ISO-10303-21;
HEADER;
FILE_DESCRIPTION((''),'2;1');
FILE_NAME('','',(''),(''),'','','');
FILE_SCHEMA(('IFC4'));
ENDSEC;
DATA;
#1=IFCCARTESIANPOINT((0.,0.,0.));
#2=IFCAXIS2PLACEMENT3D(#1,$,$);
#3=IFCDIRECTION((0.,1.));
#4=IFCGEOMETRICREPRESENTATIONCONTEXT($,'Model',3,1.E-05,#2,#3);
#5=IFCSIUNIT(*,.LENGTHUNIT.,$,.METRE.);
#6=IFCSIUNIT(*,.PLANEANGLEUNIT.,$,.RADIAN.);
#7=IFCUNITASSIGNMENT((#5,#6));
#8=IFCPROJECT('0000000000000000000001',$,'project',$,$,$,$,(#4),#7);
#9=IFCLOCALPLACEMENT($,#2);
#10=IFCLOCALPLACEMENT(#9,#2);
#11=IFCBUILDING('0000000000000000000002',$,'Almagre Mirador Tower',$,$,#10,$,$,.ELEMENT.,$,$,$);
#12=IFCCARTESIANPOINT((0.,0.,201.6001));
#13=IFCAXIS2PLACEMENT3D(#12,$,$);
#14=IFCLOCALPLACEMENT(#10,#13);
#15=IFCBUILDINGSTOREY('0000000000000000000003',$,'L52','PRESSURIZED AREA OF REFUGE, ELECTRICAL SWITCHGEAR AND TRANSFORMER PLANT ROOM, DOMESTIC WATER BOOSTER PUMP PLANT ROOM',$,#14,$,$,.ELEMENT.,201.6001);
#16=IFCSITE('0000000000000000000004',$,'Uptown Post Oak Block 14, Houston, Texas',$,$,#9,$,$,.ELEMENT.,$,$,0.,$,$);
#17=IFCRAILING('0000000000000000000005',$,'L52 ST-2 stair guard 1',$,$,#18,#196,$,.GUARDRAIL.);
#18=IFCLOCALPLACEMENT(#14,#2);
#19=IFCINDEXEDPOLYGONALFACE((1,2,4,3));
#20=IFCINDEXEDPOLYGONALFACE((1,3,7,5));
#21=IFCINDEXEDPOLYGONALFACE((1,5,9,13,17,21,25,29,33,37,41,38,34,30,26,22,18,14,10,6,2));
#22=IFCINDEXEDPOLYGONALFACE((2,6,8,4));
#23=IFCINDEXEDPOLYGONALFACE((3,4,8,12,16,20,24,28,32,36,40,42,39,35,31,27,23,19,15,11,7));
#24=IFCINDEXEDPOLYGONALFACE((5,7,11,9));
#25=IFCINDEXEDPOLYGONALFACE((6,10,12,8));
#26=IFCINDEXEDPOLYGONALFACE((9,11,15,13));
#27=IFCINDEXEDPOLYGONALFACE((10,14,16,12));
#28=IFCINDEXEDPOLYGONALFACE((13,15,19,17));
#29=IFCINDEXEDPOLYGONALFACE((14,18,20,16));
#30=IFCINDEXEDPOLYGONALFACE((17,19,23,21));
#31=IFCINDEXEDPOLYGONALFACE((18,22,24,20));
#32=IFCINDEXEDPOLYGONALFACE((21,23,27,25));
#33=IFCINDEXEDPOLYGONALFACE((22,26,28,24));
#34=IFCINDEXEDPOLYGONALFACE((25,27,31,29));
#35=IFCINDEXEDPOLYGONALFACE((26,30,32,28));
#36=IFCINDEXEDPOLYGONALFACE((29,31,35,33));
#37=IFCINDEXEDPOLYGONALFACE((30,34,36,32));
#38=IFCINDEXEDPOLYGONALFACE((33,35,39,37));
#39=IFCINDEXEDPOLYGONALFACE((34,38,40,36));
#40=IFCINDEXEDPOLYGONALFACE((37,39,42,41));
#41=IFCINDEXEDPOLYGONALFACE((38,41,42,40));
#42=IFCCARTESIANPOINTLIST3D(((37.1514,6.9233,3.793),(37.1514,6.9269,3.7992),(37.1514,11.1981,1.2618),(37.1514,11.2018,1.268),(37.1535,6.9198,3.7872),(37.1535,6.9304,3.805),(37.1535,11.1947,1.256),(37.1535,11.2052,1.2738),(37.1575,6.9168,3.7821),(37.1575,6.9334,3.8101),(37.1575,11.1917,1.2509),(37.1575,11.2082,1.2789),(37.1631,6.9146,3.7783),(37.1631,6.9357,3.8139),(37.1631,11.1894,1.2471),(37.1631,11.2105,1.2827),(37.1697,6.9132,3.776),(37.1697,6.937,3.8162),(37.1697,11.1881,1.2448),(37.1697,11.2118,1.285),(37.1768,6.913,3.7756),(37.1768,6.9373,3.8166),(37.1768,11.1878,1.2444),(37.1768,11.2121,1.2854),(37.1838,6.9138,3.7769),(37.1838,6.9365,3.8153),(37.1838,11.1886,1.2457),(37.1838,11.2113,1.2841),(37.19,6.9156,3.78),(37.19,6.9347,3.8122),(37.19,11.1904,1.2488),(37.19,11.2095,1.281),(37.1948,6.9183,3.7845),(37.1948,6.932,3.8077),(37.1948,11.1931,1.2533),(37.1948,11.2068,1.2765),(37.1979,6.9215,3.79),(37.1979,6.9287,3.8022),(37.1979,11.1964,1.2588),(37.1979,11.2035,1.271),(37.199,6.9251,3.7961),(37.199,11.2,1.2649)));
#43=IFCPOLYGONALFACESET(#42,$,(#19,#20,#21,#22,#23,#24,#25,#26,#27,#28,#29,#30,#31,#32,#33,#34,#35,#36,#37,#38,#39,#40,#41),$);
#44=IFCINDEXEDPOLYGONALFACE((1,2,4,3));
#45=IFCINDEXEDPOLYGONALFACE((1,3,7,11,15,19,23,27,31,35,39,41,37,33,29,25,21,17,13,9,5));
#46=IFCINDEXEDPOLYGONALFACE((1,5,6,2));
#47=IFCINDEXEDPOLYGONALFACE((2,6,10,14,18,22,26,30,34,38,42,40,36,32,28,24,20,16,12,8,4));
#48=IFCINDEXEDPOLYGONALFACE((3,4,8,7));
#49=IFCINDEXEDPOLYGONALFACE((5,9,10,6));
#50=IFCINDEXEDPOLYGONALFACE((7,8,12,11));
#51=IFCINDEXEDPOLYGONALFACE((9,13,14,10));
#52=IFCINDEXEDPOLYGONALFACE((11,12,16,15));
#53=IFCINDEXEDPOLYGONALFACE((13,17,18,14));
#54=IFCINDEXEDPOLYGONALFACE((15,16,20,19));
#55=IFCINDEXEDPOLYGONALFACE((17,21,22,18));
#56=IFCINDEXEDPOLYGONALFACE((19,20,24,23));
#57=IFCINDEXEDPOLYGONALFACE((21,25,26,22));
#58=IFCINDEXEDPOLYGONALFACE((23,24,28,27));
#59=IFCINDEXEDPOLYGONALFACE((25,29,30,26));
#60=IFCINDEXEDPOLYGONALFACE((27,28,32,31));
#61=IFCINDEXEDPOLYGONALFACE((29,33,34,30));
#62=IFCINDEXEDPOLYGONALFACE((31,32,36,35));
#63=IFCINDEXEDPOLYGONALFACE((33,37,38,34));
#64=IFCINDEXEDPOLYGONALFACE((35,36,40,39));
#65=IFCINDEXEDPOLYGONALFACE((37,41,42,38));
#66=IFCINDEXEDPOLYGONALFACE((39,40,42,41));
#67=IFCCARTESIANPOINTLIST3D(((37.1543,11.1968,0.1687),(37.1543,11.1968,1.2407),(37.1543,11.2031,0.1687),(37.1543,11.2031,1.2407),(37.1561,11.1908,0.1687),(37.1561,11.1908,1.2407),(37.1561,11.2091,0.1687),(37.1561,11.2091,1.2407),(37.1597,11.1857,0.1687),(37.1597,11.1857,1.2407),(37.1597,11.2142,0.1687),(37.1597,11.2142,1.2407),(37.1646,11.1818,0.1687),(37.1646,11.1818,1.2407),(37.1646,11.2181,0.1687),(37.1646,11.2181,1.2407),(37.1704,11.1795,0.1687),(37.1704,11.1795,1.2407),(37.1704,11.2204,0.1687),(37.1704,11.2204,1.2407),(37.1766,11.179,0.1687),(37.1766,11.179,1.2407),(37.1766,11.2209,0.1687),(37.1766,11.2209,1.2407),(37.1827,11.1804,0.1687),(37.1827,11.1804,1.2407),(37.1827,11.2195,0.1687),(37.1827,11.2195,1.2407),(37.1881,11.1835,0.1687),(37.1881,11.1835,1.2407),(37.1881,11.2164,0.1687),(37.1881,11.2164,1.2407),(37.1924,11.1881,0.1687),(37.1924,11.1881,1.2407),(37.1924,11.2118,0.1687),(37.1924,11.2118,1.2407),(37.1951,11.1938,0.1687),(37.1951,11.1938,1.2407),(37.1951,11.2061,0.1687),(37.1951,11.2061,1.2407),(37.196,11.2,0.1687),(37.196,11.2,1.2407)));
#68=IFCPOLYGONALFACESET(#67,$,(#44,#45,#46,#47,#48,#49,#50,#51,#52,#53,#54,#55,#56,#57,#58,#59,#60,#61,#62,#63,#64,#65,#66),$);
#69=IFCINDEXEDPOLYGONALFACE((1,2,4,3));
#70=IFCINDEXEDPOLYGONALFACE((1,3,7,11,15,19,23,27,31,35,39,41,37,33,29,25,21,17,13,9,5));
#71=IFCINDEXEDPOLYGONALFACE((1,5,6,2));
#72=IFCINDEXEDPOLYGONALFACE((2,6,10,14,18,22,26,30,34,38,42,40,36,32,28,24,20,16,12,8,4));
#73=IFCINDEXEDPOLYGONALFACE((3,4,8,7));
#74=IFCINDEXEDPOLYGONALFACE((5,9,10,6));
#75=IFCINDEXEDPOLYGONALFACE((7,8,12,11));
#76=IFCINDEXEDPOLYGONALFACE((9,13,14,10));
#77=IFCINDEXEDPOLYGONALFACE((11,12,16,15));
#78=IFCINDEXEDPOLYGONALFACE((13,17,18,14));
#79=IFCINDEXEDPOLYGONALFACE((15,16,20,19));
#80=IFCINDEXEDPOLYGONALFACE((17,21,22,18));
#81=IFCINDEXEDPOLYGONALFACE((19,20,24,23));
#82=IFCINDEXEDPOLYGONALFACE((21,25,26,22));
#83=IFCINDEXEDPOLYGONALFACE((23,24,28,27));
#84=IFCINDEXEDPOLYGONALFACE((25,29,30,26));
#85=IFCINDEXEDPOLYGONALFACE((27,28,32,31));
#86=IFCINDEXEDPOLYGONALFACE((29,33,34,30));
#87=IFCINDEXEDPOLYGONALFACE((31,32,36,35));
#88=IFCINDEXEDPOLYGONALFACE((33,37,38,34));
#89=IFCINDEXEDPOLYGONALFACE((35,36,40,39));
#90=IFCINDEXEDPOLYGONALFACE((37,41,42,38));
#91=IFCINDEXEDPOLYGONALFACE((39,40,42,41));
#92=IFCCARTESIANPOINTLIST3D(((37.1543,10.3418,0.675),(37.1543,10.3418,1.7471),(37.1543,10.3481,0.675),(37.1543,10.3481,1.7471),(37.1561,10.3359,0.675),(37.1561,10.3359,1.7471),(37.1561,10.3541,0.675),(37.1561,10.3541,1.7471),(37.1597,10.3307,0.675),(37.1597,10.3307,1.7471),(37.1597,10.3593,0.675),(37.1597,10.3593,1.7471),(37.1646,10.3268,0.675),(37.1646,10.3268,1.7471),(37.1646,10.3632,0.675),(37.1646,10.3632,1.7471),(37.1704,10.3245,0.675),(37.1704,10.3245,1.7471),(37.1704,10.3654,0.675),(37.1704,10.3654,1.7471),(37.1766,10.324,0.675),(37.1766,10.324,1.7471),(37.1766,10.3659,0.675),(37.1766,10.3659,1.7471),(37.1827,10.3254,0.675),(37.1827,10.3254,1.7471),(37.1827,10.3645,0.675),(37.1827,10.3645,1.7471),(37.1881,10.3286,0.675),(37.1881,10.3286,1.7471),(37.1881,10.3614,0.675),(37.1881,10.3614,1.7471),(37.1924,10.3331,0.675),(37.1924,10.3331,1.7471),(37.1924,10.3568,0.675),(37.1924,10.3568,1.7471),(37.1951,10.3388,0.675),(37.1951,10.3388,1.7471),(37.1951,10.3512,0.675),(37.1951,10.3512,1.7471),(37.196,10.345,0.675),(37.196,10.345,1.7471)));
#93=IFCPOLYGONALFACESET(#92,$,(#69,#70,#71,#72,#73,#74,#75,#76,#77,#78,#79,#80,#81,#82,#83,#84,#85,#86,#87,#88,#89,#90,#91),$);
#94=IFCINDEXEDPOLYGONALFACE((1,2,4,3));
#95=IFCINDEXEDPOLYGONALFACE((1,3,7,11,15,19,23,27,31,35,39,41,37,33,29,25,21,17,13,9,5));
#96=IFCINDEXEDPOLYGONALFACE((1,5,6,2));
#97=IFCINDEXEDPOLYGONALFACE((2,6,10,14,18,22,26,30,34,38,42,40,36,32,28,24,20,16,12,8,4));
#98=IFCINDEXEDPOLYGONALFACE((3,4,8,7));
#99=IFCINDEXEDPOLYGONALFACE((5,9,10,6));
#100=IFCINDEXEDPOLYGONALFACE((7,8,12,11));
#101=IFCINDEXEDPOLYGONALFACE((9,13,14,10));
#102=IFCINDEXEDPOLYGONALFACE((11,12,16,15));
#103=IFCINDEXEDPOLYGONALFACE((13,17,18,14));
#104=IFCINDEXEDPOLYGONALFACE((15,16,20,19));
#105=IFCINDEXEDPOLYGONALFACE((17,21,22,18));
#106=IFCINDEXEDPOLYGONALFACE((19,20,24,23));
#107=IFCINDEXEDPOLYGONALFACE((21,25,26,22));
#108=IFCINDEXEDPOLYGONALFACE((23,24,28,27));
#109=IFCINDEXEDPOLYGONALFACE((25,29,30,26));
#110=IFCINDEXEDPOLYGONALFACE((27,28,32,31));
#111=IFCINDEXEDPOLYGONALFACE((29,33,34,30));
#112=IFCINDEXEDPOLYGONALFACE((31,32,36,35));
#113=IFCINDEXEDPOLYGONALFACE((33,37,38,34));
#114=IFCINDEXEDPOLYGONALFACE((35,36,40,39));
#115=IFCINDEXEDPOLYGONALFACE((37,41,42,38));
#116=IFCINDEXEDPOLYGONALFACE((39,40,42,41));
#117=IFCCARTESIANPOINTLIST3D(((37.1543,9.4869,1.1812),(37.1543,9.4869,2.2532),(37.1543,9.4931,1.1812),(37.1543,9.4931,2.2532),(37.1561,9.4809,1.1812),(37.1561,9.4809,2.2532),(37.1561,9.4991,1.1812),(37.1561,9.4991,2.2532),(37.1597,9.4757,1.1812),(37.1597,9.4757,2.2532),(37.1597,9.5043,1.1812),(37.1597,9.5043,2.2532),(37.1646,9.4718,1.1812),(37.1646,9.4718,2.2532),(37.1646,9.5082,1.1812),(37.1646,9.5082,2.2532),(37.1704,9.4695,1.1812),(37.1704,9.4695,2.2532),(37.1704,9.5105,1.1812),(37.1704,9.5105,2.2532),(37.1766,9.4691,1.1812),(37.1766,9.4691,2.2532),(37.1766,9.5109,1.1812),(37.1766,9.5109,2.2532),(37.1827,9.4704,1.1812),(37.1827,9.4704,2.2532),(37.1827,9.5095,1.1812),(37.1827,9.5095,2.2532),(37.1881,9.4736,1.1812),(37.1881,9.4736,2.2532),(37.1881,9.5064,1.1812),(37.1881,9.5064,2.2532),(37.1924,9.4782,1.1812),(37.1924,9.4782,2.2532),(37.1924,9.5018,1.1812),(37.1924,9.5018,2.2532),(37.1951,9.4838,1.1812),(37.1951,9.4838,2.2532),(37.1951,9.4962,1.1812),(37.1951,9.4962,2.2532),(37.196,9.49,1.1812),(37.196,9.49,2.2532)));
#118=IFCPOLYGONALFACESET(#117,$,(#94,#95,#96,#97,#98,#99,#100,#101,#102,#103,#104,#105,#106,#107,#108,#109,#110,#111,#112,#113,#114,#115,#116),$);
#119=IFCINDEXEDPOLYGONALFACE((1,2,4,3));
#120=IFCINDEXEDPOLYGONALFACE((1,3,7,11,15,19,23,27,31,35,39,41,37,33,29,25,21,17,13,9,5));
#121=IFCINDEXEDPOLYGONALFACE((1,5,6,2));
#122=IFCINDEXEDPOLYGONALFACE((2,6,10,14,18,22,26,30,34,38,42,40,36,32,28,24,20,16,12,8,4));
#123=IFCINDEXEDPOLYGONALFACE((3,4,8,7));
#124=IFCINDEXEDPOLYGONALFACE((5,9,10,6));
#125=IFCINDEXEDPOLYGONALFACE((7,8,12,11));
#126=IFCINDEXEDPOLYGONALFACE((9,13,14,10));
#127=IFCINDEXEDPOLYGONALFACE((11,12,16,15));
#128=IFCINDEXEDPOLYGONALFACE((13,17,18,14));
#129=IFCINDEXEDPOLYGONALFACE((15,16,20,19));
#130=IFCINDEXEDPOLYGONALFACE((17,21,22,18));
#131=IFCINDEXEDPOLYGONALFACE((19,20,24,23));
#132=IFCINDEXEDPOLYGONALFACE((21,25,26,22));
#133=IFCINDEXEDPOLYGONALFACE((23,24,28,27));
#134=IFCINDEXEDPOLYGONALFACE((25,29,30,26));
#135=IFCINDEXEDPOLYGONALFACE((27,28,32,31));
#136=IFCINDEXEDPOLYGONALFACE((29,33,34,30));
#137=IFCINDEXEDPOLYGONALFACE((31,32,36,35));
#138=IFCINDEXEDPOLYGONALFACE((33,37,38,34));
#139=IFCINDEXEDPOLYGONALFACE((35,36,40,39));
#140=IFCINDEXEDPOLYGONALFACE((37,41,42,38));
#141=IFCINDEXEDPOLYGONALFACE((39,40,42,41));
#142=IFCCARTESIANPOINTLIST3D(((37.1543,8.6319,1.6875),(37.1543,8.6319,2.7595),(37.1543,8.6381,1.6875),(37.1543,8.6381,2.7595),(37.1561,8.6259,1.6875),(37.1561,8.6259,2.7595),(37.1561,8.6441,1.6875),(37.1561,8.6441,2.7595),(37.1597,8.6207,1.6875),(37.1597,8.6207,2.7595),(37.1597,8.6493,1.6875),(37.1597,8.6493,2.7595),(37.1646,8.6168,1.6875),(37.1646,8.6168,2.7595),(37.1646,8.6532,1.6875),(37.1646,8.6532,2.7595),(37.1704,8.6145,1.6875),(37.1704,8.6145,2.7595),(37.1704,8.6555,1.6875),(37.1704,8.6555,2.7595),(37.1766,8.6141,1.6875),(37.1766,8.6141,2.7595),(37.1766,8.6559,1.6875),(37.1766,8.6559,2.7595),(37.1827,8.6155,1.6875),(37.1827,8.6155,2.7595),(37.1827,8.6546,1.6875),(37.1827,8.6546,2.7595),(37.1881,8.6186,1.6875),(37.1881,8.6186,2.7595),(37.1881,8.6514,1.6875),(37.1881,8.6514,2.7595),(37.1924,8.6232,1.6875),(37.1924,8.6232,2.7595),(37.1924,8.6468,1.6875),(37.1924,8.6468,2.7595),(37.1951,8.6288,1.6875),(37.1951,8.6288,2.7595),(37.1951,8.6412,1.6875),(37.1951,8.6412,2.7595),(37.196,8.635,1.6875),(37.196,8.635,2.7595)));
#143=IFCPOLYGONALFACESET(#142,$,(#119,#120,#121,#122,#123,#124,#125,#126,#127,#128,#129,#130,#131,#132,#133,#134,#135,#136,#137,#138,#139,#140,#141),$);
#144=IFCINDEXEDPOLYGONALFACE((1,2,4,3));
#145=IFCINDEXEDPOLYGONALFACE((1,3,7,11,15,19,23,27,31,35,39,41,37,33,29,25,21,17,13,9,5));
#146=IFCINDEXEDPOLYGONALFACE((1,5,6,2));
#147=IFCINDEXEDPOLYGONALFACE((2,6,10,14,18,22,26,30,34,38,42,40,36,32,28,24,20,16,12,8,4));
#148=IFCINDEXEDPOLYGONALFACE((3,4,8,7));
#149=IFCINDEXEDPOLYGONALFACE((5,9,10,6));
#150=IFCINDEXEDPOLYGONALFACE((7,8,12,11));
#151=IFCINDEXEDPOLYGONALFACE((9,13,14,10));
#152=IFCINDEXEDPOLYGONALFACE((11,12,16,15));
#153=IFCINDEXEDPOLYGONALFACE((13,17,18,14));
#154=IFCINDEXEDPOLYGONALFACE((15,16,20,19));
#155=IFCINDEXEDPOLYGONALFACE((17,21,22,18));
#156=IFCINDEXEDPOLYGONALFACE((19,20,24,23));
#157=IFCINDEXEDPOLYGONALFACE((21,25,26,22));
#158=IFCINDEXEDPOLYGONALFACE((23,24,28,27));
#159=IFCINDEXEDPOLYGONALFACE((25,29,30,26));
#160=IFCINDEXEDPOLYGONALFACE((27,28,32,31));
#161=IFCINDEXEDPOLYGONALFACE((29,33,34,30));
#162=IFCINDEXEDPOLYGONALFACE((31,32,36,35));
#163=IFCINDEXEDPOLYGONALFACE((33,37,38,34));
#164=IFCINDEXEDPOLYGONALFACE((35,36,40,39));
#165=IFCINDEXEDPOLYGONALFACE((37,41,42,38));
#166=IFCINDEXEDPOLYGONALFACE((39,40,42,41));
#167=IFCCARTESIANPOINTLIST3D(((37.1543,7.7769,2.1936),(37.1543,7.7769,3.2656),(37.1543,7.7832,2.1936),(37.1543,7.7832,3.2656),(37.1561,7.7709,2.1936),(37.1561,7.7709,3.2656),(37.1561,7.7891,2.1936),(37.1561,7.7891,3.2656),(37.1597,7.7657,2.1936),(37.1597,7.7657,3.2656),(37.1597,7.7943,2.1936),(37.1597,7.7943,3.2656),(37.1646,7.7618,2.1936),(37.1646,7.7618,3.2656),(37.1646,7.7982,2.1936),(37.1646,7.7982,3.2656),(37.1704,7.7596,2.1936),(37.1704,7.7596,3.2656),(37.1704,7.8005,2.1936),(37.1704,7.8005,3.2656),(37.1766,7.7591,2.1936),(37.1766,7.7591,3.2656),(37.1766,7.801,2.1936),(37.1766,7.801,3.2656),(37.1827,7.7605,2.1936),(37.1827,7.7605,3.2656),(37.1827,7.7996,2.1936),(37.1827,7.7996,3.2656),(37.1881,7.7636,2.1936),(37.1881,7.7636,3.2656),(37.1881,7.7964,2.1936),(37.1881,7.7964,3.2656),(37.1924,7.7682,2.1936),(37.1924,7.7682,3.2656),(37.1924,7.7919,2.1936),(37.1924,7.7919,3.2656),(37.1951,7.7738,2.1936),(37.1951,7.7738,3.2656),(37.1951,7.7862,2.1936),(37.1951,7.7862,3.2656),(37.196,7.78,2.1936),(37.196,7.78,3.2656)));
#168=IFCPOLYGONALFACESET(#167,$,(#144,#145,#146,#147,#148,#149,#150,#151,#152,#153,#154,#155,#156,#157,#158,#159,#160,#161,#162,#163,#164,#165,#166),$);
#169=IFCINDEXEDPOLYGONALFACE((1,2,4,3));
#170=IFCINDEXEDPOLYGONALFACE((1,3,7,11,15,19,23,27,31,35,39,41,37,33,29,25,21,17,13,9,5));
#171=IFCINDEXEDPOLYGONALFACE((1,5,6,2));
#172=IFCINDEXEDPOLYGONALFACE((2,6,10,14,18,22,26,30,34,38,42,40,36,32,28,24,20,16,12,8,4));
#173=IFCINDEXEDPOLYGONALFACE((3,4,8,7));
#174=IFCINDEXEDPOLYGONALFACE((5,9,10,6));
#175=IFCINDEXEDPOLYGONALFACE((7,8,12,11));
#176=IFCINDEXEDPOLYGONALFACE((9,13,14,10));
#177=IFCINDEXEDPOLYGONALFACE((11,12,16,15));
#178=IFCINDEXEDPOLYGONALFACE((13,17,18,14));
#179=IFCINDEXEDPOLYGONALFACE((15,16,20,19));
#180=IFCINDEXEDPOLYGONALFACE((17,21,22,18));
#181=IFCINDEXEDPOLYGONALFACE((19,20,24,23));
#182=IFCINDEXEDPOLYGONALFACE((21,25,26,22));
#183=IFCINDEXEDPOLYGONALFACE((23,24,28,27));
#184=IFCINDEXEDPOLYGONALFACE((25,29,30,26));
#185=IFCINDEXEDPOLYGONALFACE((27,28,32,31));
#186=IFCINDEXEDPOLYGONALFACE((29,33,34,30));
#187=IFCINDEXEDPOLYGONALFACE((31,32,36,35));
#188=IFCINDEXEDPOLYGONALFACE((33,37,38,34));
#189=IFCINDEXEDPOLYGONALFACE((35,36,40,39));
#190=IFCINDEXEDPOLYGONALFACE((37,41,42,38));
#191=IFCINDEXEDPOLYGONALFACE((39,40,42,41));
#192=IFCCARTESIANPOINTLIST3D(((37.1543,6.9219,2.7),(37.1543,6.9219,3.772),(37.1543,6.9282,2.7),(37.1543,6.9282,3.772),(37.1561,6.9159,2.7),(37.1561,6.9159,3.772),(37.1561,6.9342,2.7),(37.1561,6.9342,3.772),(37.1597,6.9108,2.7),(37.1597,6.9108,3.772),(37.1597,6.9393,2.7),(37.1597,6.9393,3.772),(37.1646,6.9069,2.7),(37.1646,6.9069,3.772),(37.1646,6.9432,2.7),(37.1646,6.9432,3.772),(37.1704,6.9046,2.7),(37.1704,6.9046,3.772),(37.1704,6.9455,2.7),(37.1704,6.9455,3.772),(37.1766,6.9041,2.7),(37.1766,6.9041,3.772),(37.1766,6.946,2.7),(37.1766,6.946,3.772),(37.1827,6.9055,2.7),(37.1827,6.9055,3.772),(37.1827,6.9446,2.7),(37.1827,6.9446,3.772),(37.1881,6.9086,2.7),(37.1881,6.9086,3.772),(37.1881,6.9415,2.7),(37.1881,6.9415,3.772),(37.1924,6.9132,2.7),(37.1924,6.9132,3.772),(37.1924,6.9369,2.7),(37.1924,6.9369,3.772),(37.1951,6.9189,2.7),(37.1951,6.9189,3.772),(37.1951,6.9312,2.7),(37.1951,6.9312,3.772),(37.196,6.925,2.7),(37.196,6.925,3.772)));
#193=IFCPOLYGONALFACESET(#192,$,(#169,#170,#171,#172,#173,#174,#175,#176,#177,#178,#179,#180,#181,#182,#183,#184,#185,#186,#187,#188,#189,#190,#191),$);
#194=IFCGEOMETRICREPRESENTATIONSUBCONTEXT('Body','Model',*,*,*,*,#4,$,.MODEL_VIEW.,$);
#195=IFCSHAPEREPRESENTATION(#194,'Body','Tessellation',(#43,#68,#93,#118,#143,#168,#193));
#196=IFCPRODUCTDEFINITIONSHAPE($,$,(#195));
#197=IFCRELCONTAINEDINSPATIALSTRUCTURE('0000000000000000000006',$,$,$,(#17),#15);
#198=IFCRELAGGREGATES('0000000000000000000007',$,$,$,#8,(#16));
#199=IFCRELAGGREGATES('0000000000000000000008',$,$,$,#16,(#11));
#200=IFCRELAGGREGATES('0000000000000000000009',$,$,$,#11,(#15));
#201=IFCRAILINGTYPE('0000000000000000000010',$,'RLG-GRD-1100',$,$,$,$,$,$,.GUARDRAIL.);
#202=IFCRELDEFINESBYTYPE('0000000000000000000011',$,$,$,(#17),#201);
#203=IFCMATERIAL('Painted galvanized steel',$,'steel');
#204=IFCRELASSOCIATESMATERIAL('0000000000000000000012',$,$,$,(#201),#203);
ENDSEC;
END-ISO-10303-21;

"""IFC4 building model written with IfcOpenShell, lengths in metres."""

from ifc_helpers import new_model, si_unit, direction, frame, origin, origin_2d, place, context, subcontext, project, spatial, circle, extrude, material, type_object, element, save


model = new_model("IFC4")

# Units and contexts
model_context = context("Model", 3, precision=1e-05, world=origin(), true_north=direction((0.0, 1.0)))
body_context = subcontext(model_context, "Body", "Model", "MODEL_VIEW")
ifc_project = project(units=[si_unit("LENGTHUNIT", "METRE"), si_unit("PLANEANGLEUNIT", "RADIAN")], contexts=[model_context])

# Site, building, storey
site_placement = place(None, origin())
site = spatial("IfcSite", under=ifc_project, at=site_placement, Name="Uptown Post Oak Block 14, Houston, Texas", CompositionType="ELEMENT", RefElevation=0.0)
building_placement = place(site_placement, origin())
building = spatial("IfcBuilding", under=site, at=building_placement, Name="Almagre Mirador Tower", CompositionType="ELEMENT")
storey_placement = place(building_placement, frame((0.0, 0.0, 201.6001)))
storey = spatial("IfcBuildingStorey", under=building, at=storey_placement, Name="L52", Description="PRESSURIZED AREA OF REFUGE, ELECTRICAL SWITCHGEAR AND TRANSFORMER PLANT ROOM, DOMESTIC WATER BOOSTER PUMP PLANT ROOM", CompositionType="ELEMENT", Elevation=201.6001)

# Railing
ifc_material_1 = material(Name="Painted galvanized steel", Category="steel")
railing_type_1 = type_object("IfcRailingType", Name="RLG-GRD-1100", PredefinedType="GUARDRAIL", material=ifc_material_1)
railing_1_placement = place(storey_placement, frame((37.175, 11.2, 0.1687)))
element("IfcRailing", 1, at=railing_1_placement, inside=storey, type_object=railing_type_1, Name="L52 ST-2 stair guard 1", PredefinedType="GUARDRAIL", context=body_context, shape_type="SweptSolid", body=[
    extrude(circle(Radius=0.0239, at=origin_2d()), frame((0.0, 0.0, 1.0962), z_axis=(0.0, -0.86047, 0.509501), x_axis=(1.0, 0.0, 0.0)), (0.0, 0.0, 1.0), 4.968),
    extrude(circle(Radius=0.021, at=origin_2d()), origin(), (0.0, 0.0, 1.0), 1.072),
    extrude(circle(Radius=0.021, at=origin_2d()), frame((0.0, -0.855, 0.5063)), (0.0, 0.0, 1.0), 1.072),
    extrude(circle(Radius=0.021, at=origin_2d()), frame((0.0, -1.71, 1.0125)), (0.0, 0.0, 1.0), 1.072),
    extrude(circle(Radius=0.021, at=origin_2d()), frame((0.0, -2.5649, 1.5188)), (0.0, 0.0, 1.0), 1.072),
    extrude(circle(Radius=0.021, at=origin_2d()), frame((0.0, -3.4199, 2.0249)), (0.0, 0.0, 1.0), 1.072),
    extrude(circle(Radius=0.021, at=origin_2d()), frame((0.0, -4.2749, 2.5312)), (0.0, 0.0, 1.0), 1.072),
])

save(model, "model.ifc")
